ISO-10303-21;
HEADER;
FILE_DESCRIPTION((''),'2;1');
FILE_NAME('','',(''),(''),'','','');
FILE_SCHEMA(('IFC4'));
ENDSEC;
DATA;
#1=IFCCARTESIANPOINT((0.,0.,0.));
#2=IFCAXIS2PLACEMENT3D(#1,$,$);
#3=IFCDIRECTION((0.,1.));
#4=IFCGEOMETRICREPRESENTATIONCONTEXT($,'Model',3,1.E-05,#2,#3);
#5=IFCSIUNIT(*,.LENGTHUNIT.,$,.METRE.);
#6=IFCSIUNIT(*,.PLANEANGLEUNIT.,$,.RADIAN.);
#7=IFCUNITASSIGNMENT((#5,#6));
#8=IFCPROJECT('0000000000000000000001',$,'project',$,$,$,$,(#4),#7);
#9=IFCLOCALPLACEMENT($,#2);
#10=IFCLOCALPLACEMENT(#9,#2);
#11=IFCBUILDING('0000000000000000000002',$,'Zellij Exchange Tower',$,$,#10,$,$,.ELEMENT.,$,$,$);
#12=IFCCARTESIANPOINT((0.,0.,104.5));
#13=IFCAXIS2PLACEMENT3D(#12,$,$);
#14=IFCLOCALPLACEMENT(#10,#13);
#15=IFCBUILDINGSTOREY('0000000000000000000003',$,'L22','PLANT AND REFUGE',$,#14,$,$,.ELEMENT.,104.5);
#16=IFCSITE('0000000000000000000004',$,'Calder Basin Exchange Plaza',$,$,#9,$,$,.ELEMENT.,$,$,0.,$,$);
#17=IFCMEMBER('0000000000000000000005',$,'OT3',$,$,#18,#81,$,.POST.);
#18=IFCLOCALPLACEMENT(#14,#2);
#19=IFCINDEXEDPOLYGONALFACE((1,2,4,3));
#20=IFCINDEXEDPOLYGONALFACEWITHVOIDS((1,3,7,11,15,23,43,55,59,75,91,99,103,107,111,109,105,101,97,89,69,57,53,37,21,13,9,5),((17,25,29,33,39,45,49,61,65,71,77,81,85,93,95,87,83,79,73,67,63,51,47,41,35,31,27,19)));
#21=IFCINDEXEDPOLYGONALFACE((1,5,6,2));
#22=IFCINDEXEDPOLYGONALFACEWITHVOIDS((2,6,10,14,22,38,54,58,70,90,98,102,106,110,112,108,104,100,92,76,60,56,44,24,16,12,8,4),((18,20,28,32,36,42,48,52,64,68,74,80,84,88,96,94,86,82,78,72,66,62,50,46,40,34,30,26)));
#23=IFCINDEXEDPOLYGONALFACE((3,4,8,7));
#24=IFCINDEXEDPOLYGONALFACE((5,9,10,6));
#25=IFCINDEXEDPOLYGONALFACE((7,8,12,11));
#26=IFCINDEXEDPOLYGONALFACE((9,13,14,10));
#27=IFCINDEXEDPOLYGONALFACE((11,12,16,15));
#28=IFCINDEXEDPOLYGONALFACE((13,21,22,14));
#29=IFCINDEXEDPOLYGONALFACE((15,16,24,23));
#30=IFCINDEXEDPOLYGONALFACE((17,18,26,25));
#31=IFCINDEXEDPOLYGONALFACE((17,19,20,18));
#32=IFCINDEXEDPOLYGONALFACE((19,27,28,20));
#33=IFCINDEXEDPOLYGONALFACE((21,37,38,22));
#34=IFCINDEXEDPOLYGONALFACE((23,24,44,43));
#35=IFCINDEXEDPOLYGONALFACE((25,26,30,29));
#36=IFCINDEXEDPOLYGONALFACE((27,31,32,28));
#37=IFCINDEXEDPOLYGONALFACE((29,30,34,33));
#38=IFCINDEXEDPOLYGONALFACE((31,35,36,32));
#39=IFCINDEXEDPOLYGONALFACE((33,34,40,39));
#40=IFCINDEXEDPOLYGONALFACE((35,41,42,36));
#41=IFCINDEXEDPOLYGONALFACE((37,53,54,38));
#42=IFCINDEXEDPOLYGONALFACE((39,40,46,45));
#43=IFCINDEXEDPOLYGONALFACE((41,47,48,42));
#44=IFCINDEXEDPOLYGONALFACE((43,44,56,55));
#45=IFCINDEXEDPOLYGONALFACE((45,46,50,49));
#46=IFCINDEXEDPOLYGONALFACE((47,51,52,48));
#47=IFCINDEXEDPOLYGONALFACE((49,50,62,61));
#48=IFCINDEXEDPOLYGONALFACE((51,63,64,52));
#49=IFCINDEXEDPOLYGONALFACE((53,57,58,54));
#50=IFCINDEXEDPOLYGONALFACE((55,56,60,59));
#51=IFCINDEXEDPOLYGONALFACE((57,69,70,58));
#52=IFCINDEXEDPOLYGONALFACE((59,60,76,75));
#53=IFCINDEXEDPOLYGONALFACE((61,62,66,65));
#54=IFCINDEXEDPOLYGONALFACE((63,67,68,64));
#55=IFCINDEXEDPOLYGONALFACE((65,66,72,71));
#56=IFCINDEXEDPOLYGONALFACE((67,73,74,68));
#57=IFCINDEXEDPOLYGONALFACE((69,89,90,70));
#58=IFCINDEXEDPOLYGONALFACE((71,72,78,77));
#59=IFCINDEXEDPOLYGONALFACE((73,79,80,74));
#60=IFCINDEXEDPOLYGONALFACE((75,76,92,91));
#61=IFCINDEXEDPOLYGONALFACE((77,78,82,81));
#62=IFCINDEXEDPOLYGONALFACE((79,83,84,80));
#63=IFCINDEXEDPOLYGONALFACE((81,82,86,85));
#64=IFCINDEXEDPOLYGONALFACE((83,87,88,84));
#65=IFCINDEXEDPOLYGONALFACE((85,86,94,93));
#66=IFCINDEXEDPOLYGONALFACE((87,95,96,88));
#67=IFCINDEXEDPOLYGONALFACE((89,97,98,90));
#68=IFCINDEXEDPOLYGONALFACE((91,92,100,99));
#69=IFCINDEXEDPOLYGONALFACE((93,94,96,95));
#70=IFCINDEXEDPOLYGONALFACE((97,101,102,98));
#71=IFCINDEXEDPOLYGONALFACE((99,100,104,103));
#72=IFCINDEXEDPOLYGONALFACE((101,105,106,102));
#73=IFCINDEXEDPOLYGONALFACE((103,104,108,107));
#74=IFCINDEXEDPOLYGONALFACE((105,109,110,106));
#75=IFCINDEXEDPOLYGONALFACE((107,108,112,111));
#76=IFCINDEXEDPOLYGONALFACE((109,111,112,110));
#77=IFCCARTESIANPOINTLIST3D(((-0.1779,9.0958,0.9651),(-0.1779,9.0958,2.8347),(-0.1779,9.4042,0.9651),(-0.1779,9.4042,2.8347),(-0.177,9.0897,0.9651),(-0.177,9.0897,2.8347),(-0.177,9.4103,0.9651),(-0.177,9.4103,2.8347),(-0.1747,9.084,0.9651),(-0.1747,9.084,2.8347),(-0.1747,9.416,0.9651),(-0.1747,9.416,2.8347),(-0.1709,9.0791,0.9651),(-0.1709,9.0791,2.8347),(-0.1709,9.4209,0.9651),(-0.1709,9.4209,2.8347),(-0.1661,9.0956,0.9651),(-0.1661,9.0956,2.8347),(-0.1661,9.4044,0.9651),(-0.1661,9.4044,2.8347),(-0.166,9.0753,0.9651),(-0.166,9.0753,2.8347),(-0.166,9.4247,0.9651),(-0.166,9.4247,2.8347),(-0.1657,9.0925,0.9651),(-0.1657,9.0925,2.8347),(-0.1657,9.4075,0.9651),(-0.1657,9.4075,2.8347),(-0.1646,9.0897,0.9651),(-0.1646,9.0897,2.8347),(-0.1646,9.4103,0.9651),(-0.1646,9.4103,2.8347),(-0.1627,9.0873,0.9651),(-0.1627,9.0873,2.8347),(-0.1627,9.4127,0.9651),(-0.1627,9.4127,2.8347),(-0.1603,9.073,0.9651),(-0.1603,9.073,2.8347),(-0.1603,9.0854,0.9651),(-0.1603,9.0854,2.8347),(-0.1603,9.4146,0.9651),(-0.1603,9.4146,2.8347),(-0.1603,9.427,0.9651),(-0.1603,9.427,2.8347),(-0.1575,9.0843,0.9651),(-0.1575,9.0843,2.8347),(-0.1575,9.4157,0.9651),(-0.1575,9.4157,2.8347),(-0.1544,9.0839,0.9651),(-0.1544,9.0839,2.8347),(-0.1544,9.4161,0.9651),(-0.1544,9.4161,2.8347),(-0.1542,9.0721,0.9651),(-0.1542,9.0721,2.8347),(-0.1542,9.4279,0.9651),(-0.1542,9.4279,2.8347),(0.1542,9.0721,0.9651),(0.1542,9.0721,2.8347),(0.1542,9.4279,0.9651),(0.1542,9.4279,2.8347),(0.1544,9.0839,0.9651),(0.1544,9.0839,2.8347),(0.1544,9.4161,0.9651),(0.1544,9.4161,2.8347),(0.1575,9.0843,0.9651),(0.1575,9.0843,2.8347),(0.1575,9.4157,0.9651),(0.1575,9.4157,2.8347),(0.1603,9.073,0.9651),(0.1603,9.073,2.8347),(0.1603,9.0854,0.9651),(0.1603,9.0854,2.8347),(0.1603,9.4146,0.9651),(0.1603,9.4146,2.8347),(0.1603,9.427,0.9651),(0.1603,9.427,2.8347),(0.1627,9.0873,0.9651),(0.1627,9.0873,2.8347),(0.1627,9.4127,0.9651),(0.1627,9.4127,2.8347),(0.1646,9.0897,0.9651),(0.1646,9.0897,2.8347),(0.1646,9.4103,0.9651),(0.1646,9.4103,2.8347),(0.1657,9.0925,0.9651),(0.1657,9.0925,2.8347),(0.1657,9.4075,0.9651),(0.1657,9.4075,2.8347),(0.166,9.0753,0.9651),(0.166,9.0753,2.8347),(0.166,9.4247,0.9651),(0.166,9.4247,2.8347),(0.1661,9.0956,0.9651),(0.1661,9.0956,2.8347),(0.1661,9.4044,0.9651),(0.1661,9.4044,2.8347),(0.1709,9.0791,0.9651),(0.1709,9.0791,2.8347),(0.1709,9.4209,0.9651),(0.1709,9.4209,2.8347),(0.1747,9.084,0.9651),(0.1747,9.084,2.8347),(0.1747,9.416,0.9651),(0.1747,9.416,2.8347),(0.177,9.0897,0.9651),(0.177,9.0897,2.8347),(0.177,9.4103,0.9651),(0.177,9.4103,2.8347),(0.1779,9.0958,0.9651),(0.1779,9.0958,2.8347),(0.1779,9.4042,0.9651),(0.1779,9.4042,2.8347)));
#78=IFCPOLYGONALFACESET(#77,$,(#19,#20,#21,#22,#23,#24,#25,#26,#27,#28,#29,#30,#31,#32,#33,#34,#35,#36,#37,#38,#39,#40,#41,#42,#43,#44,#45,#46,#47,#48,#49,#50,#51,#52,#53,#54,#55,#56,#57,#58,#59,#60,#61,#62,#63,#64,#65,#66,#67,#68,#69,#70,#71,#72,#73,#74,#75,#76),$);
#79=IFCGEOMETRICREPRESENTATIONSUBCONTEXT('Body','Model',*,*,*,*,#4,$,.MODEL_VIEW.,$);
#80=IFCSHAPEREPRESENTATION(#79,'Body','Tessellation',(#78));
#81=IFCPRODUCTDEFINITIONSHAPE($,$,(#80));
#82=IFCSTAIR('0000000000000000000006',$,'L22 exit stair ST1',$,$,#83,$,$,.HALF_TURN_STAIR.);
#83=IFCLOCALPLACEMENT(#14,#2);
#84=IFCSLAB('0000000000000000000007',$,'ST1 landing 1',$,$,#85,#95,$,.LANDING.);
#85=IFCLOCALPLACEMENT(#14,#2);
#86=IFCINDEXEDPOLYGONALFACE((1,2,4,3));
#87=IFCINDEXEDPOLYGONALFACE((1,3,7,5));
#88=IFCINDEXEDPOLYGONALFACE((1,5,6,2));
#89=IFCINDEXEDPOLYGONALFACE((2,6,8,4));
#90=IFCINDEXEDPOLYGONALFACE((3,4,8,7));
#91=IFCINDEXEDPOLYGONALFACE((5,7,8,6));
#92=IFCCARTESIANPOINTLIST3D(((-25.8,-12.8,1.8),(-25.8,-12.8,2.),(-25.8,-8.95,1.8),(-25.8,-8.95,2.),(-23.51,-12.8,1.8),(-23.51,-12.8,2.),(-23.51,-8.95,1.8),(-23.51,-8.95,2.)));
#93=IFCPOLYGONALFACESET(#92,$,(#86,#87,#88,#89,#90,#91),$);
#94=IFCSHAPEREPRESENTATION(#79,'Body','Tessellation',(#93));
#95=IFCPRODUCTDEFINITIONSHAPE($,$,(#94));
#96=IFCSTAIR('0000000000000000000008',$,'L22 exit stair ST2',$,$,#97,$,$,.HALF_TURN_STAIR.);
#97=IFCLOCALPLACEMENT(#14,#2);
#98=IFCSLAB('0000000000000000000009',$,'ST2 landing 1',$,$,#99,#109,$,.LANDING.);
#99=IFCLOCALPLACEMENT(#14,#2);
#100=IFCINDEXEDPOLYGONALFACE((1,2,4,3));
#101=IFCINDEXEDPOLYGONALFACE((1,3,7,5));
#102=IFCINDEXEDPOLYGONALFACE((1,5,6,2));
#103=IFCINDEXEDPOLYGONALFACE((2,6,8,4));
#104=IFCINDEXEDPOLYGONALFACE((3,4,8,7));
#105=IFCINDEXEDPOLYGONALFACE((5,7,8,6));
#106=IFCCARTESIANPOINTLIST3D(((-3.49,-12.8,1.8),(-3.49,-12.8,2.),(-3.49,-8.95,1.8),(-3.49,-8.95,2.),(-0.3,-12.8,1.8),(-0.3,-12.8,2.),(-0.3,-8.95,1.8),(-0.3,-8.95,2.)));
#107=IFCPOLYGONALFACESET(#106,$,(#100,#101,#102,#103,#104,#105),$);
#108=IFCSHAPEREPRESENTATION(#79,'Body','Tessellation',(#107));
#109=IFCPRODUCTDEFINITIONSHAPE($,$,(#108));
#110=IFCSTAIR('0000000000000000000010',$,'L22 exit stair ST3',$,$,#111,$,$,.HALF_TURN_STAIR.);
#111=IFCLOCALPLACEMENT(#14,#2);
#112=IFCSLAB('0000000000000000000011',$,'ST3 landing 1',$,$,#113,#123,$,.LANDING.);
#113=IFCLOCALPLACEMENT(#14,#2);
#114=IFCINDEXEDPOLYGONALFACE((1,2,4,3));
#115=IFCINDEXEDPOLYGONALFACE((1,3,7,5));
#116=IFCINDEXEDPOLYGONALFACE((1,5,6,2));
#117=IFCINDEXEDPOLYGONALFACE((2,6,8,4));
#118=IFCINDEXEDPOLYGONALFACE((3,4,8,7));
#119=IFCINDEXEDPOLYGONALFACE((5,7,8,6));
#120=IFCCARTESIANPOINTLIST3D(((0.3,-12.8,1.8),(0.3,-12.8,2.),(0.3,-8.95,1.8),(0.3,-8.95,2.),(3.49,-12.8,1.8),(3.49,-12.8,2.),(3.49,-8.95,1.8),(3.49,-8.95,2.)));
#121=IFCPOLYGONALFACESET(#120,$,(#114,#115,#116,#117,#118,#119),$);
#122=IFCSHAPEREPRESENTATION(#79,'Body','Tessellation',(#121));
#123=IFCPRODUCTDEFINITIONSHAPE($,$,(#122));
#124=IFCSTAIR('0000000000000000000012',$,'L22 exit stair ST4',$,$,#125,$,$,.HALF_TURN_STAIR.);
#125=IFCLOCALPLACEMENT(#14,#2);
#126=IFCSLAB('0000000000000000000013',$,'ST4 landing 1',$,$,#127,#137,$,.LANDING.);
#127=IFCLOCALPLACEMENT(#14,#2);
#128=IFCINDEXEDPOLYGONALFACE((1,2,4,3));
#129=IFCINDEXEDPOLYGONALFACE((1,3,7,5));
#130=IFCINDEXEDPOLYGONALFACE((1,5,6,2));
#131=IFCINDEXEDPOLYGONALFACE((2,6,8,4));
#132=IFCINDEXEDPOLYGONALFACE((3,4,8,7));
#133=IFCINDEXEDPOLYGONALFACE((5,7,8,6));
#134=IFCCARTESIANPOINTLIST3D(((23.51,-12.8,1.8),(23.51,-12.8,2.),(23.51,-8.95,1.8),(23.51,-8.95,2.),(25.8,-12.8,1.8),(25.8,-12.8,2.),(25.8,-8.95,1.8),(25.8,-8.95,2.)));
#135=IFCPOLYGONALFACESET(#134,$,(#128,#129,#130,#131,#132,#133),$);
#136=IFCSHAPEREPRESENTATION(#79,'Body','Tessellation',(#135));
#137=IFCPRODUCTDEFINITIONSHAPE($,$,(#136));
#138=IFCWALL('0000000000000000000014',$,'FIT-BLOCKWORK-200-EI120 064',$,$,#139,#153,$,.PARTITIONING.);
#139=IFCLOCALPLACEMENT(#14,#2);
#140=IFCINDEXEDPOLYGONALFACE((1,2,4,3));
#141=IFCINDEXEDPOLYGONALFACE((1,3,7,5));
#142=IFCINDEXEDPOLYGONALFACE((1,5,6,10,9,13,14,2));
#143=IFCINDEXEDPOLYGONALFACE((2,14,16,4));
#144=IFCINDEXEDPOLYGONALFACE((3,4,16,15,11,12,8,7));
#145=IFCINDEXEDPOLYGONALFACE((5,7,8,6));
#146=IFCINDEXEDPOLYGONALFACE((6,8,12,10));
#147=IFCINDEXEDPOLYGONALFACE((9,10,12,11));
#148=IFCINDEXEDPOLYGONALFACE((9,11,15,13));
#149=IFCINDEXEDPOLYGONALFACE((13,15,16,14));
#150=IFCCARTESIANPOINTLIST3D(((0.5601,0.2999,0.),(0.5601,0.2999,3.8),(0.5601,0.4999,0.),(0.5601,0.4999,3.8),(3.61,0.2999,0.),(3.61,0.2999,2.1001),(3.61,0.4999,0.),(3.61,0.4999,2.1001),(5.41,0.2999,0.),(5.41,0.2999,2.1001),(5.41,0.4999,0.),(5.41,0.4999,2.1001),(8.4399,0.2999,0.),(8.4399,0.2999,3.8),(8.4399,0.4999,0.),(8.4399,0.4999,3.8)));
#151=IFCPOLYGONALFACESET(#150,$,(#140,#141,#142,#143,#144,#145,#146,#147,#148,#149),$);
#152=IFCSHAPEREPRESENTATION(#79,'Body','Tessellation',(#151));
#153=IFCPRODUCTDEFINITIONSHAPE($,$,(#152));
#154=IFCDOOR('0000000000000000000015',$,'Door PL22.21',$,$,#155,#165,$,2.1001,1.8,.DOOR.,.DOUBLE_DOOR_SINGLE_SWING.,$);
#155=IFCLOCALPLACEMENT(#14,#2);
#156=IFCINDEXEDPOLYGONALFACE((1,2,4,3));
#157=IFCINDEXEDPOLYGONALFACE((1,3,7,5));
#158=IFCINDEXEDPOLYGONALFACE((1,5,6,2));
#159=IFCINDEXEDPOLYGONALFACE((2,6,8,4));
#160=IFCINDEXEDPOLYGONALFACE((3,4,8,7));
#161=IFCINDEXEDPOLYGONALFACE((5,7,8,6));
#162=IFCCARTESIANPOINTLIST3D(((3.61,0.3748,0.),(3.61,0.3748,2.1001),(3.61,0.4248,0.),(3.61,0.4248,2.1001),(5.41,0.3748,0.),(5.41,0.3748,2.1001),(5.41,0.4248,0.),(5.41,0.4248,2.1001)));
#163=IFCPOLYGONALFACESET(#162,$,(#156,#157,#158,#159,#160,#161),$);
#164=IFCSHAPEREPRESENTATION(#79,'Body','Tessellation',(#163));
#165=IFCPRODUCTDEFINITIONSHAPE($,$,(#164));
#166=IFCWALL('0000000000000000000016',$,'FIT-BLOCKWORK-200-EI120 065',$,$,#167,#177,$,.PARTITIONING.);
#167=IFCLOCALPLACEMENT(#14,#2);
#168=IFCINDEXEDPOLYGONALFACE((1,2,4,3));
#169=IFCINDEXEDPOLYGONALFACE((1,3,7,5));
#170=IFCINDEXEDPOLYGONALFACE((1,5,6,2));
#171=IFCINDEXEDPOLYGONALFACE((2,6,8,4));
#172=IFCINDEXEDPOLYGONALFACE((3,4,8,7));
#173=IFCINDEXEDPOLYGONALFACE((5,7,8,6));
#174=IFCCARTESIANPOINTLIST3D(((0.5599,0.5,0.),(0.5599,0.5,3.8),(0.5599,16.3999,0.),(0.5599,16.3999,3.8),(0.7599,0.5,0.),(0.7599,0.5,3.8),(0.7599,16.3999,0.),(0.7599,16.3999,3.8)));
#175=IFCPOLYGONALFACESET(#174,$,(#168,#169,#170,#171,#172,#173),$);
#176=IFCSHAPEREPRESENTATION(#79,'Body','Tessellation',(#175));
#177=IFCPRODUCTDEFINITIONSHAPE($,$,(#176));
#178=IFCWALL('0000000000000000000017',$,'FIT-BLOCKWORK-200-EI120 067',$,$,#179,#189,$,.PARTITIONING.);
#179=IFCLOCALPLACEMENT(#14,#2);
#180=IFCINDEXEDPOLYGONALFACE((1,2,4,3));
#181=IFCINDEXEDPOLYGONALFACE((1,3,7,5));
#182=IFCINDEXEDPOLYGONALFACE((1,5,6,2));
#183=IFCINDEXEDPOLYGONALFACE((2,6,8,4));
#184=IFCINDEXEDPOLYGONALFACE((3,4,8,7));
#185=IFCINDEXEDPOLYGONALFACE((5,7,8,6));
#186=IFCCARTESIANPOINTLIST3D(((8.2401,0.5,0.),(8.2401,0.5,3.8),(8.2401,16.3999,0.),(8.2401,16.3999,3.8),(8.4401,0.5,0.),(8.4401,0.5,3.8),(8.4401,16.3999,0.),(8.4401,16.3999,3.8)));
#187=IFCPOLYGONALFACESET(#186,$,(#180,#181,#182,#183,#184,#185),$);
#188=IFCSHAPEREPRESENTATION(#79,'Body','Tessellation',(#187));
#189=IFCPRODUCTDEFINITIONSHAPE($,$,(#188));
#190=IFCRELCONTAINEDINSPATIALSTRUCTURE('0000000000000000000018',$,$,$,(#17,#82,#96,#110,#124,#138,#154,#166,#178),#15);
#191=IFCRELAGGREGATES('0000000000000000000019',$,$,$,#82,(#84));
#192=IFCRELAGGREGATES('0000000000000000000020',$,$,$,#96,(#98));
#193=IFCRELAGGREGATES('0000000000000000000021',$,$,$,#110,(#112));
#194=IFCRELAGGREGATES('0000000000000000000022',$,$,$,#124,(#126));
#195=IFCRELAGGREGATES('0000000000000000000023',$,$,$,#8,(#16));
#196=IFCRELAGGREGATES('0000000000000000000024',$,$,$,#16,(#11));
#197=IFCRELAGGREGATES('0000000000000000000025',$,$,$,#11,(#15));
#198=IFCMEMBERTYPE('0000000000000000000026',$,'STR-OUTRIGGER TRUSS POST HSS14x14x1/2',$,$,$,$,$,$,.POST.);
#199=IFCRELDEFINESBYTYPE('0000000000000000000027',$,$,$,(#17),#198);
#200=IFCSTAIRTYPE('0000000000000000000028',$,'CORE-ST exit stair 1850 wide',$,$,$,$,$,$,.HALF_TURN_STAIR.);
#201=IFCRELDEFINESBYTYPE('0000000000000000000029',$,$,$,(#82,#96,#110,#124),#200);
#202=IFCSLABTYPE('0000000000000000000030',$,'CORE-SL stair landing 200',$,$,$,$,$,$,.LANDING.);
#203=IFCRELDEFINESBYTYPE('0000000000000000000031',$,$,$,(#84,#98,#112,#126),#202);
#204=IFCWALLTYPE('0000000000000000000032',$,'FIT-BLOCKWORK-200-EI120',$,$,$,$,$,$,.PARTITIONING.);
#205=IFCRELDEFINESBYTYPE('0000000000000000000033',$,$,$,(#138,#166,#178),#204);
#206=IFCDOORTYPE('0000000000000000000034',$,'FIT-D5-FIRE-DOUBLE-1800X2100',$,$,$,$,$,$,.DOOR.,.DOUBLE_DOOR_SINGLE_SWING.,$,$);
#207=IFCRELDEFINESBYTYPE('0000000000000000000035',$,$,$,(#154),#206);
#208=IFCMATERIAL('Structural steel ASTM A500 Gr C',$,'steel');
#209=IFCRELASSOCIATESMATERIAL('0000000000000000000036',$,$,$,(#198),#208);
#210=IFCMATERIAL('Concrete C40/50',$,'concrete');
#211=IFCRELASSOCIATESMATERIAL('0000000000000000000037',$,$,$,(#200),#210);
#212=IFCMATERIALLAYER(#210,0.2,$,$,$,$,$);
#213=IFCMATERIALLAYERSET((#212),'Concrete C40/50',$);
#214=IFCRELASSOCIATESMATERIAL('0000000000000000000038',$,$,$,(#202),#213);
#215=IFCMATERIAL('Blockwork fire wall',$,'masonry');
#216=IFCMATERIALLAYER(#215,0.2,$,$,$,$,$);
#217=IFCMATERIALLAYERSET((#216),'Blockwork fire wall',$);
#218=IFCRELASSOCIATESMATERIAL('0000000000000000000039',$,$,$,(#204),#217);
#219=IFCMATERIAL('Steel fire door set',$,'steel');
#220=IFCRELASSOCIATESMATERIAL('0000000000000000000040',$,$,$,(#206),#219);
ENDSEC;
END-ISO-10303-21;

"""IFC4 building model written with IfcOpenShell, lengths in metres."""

from ifc_helpers import new_model, si_unit, direction, frame, frame_2d, origin, origin_2d, place, context, subcontext, project, spatial, polyline, rectangle, hollow_rectangle, outline, extrude, material, layer, layer_set, material_profile, profile_set, type_object, element, fill, aggregate, save


model = new_model("IFC4")

# Units and contexts
model_context = context("Model", 3, precision=1e-05, world=origin(), true_north=direction((0.0, 1.0)))
body_context = subcontext(model_context, "Body", "Model", "MODEL_VIEW")
ifc_project = project(units=[si_unit("LENGTHUNIT", "METRE"), si_unit("PLANEANGLEUNIT", "RADIAN")], contexts=[model_context])

# Site, building, storey
site_placement = place(None, origin())
site = spatial("IfcSite", under=ifc_project, at=site_placement, Name="Calder Basin Exchange Plaza", CompositionType="ELEMENT", RefElevation=0.0)
building_placement = place(site_placement, origin())
building = spatial("IfcBuilding", under=site, at=building_placement, Name="Zellij Exchange Tower", CompositionType="ELEMENT")
storey_placement = place(building_placement, frame((0.0, 0.0, 104.5)))
storey = spatial("IfcBuildingStorey", under=building, at=storey_placement, Name="L22", Description="PLANT AND REFUGE", CompositionType="ELEMENT", Elevation=104.5)

# Member
ifc_material_1 = material(Name="Structural steel ASTM A500 Gr C", Category="steel")
ifc_material_profile_1 = material_profile(ifc_material_1, hollow_rectangle(XDim=0.3557, YDim=0.3557, WallThickness=0.0117, InnerFilletRadius=0.0117, OuterFilletRadius=0.0237, at=origin_2d()), Name="STR-OUTRIGGER TRUSS POST HSS14x14x1/2")
ifc_profile_set_1 = profile_set([ifc_material_profile_1], Name="Structural steel ASTM A500 Gr C")
member_type_1 = type_object("IfcMemberType", Name="STR-OUTRIGGER TRUSS POST HSS14x14x1/2", PredefinedType="POST", material=ifc_profile_set_1)
for number, where, z_axis, x_axis, name in (
    (1, (0.0, 9.25, 0.9651), (0.0, 0.0, 1.0), (1.0, 0.0, 0.0), "OT3"),
):
    element("IfcMember", number, at=place(storey_placement, frame(where, z_axis=z_axis, x_axis=x_axis)), inside=storey, type_object=member_type_1, Name=name, PredefinedType="POST", context=body_context, shape_type="SweptSolid", body=[
        extrude(hollow_rectangle(XDim=0.3557, YDim=0.3557, WallThickness=0.0117, InnerFilletRadius=0.0117, OuterFilletRadius=0.0237, at=origin_2d()), origin(), (0.0, 0.0, 1.0), 1.8696),
    ])

# Stairs, slabs
ifc_material_2 = material(Name="Concrete C40/50", Category="concrete")
stair_type = type_object("IfcStairType", Name="CORE-ST exit stair 1850 wide", PredefinedType="HALF_TURN_STAIR", material=ifc_material_2)
stair_1_placement = place(storey_placement, origin())
stair_1 = element("IfcStair", 2, at=stair_1_placement, inside=storey, type_object=stair_type, Name="L22 exit stair ST1", PredefinedType="HALF_TURN_STAIR")
ifc_layer_1 = layer(ifc_material_2, 0.2)
ifc_layer_set_1 = layer_set([ifc_layer_1], Name="Concrete C40/50")
slab_type = type_object("IfcSlabType", Name="CORE-SL stair landing 200", PredefinedType="LANDING", material=ifc_layer_set_1)
slab_1_placement = place(storey_placement, frame((0.0, 0.0, 1.8)))
slab_1 = element("IfcSlab", 3, at=slab_1_placement, type_object=slab_type, Name="ST1 landing 1", PredefinedType="LANDING", context=body_context, shape_type="SweptSolid", body=[
    extrude(outline(polyline([(-23.51, -8.95), (-25.8, -8.95), (-25.8, -12.8), (-23.51, -12.8), (-23.51, -8.95)])), origin(), (0.0, 0.0, 1.0), 0.2),
])
aggregate(stair_1, [slab_1])
stair_2_placement = place(storey_placement, origin())
stair_2 = element("IfcStair", 4, at=stair_2_placement, inside=storey, type_object=stair_type, Name="L22 exit stair ST2", PredefinedType="HALF_TURN_STAIR")
slab_2_placement = place(storey_placement, frame((0.0, 0.0, 1.8)))
slab_2 = element("IfcSlab", 5, at=slab_2_placement, type_object=slab_type, Name="ST2 landing 1", PredefinedType="LANDING", context=body_context, shape_type="SweptSolid", body=[
    extrude(outline(polyline([(-3.49, -12.8), (-0.3, -12.8), (-0.3, -8.95), (-3.49, -8.95), (-3.49, -12.8)])), origin(), (0.0, 0.0, 1.0), 0.2),
])
aggregate(stair_2, [slab_2])
stair_3_placement = place(storey_placement, origin())
stair_3 = element("IfcStair", 6, at=stair_3_placement, inside=storey, type_object=stair_type, Name="L22 exit stair ST3", PredefinedType="HALF_TURN_STAIR")
slab_3_placement = place(storey_placement, frame((0.0, 0.0, 1.8)))
slab_3 = element("IfcSlab", 7, at=slab_3_placement, type_object=slab_type, Name="ST3 landing 1", PredefinedType="LANDING", context=body_context, shape_type="SweptSolid", body=[
    extrude(outline(polyline([(3.49, -8.95), (0.3, -8.95), (0.3, -12.8), (3.49, -12.8), (3.49, -8.95)])), origin(), (0.0, 0.0, 1.0), 0.2),
])
aggregate(stair_3, [slab_3])
stair_4_placement = place(storey_placement, origin())
stair_4 = element("IfcStair", 8, at=stair_4_placement, inside=storey, type_object=stair_type, Name="L22 exit stair ST4", PredefinedType="HALF_TURN_STAIR")
slab_4_placement = place(storey_placement, frame((0.0, 0.0, 1.8)))
slab_4 = element("IfcSlab", 9, at=slab_4_placement, type_object=slab_type, Name="ST4 landing 1", PredefinedType="LANDING", context=body_context, shape_type="SweptSolid", body=[
    extrude(outline(polyline([(23.51, -12.8), (25.8, -12.8), (25.8, -8.95), (23.51, -8.95), (23.51, -12.8)])), origin(), (0.0, 0.0, 1.0), 0.2),
])
aggregate(stair_4, [slab_4])

# Wall, opening, door
ifc_material_3 = material(Name="Blockwork fire wall", Category="masonry")
ifc_layer_2 = layer(ifc_material_3, 0.2)
ifc_layer_set_2 = layer_set([ifc_layer_2], Name="Blockwork fire wall")
wall_type_1 = type_object("IfcWallType", Name="FIT-BLOCKWORK-200-EI120", PredefinedType="PARTITIONING", material=ifc_layer_set_2)
wall_1_placement = place(storey_placement, frame((0.5601, 0.3999, 0.0), z_axis=(0.0, 0.0, 1.0), x_axis=(1.0, 0.0, 0.0)))
wall_1 = element("IfcWall", 10, at=wall_1_placement, inside=storey, type_object=wall_type_1, Name="FIT-BLOCKWORK-200-EI120 064", PredefinedType="PARTITIONING", context=body_context, shape_type="SweptSolid", body=[
    extrude(rectangle(XDim=7.8799, YDim=0.2, at=frame_2d((3.9399, 0.0))), origin(), (0.0, 0.0, 1.0), 3.8),
])
opening_1_placement = place(wall_1_placement, frame((3.05, 0.0, 0.0)))
opening_1 = element("IfcOpeningElement", 11, at=opening_1_placement, cuts=wall_1, PredefinedType="OPENING", context=body_context, shape_type="SweptSolid", body=[
    extrude(rectangle(XDim=1.8, YDim=2.1001, at=frame_2d((0.8999, 1.05))), frame((0.0, 0.1118, 0.0), z_axis=(0.0, -1.0, 0.0), x_axis=(1.0, 0.0, 0.0)), (0.0, 0.0, 1.0), 0.2239),
])
ifc_material_4 = material(Name="Steel fire door set", Category="steel")
door_type_1 = type_object("IfcDoorType", Name="FIT-D5-FIRE-DOUBLE-1800X2100", OperationType="DOUBLE_DOOR_SINGLE_SWING", PredefinedType="DOOR", material=ifc_material_4)
door_1_placement = place(opening_1_placement, origin())
door_1 = element("IfcDoor", 12, at=door_1_placement, inside=storey, type_object=door_type_1, Name="Door PL22.21", OperationType="DOUBLE_DOOR_SINGLE_SWING", OverallHeight=2.1001, OverallWidth=1.8, PredefinedType="DOOR", context=body_context, shape_type="SweptSolid", body=[
    extrude(rectangle(XDim=1.8, YDim=2.1001, at=frame_2d((0.8999, 1.05))), frame((0.0, 0.0249, 0.0), z_axis=(0.0, -1.0, 0.0), x_axis=(1.0, 0.0, 0.0)), (0.0, 0.0, 1.0), 0.05),
])
fill(opening_1, door_1)

# Walls
for number, where, z_axis, x_axis, name in (
    (13, (0.6599, 0.5, 0.0), (0.0, 0.0, 1.0), (0.0, 1.0, 0.0), "FIT-BLOCKWORK-200-EI120 065"),
    (14, (8.3401, 0.5, 0.0), (0.0, 0.0, 1.0), (0.0, 1.0, 0.0), "FIT-BLOCKWORK-200-EI120 067"),
):
    element("IfcWall", number, at=place(storey_placement, frame(where, z_axis=z_axis, x_axis=x_axis)), inside=storey, type_object=wall_type_1, Name=name, PredefinedType="PARTITIONING", context=body_context, shape_type="SweptSolid", body=[
        extrude(rectangle(XDim=15.8999, YDim=0.2, at=frame_2d((7.95, 0.0))), origin(), (0.0, 0.0, 1.0), 3.8),
    ])

save(model, "model.ifc")
